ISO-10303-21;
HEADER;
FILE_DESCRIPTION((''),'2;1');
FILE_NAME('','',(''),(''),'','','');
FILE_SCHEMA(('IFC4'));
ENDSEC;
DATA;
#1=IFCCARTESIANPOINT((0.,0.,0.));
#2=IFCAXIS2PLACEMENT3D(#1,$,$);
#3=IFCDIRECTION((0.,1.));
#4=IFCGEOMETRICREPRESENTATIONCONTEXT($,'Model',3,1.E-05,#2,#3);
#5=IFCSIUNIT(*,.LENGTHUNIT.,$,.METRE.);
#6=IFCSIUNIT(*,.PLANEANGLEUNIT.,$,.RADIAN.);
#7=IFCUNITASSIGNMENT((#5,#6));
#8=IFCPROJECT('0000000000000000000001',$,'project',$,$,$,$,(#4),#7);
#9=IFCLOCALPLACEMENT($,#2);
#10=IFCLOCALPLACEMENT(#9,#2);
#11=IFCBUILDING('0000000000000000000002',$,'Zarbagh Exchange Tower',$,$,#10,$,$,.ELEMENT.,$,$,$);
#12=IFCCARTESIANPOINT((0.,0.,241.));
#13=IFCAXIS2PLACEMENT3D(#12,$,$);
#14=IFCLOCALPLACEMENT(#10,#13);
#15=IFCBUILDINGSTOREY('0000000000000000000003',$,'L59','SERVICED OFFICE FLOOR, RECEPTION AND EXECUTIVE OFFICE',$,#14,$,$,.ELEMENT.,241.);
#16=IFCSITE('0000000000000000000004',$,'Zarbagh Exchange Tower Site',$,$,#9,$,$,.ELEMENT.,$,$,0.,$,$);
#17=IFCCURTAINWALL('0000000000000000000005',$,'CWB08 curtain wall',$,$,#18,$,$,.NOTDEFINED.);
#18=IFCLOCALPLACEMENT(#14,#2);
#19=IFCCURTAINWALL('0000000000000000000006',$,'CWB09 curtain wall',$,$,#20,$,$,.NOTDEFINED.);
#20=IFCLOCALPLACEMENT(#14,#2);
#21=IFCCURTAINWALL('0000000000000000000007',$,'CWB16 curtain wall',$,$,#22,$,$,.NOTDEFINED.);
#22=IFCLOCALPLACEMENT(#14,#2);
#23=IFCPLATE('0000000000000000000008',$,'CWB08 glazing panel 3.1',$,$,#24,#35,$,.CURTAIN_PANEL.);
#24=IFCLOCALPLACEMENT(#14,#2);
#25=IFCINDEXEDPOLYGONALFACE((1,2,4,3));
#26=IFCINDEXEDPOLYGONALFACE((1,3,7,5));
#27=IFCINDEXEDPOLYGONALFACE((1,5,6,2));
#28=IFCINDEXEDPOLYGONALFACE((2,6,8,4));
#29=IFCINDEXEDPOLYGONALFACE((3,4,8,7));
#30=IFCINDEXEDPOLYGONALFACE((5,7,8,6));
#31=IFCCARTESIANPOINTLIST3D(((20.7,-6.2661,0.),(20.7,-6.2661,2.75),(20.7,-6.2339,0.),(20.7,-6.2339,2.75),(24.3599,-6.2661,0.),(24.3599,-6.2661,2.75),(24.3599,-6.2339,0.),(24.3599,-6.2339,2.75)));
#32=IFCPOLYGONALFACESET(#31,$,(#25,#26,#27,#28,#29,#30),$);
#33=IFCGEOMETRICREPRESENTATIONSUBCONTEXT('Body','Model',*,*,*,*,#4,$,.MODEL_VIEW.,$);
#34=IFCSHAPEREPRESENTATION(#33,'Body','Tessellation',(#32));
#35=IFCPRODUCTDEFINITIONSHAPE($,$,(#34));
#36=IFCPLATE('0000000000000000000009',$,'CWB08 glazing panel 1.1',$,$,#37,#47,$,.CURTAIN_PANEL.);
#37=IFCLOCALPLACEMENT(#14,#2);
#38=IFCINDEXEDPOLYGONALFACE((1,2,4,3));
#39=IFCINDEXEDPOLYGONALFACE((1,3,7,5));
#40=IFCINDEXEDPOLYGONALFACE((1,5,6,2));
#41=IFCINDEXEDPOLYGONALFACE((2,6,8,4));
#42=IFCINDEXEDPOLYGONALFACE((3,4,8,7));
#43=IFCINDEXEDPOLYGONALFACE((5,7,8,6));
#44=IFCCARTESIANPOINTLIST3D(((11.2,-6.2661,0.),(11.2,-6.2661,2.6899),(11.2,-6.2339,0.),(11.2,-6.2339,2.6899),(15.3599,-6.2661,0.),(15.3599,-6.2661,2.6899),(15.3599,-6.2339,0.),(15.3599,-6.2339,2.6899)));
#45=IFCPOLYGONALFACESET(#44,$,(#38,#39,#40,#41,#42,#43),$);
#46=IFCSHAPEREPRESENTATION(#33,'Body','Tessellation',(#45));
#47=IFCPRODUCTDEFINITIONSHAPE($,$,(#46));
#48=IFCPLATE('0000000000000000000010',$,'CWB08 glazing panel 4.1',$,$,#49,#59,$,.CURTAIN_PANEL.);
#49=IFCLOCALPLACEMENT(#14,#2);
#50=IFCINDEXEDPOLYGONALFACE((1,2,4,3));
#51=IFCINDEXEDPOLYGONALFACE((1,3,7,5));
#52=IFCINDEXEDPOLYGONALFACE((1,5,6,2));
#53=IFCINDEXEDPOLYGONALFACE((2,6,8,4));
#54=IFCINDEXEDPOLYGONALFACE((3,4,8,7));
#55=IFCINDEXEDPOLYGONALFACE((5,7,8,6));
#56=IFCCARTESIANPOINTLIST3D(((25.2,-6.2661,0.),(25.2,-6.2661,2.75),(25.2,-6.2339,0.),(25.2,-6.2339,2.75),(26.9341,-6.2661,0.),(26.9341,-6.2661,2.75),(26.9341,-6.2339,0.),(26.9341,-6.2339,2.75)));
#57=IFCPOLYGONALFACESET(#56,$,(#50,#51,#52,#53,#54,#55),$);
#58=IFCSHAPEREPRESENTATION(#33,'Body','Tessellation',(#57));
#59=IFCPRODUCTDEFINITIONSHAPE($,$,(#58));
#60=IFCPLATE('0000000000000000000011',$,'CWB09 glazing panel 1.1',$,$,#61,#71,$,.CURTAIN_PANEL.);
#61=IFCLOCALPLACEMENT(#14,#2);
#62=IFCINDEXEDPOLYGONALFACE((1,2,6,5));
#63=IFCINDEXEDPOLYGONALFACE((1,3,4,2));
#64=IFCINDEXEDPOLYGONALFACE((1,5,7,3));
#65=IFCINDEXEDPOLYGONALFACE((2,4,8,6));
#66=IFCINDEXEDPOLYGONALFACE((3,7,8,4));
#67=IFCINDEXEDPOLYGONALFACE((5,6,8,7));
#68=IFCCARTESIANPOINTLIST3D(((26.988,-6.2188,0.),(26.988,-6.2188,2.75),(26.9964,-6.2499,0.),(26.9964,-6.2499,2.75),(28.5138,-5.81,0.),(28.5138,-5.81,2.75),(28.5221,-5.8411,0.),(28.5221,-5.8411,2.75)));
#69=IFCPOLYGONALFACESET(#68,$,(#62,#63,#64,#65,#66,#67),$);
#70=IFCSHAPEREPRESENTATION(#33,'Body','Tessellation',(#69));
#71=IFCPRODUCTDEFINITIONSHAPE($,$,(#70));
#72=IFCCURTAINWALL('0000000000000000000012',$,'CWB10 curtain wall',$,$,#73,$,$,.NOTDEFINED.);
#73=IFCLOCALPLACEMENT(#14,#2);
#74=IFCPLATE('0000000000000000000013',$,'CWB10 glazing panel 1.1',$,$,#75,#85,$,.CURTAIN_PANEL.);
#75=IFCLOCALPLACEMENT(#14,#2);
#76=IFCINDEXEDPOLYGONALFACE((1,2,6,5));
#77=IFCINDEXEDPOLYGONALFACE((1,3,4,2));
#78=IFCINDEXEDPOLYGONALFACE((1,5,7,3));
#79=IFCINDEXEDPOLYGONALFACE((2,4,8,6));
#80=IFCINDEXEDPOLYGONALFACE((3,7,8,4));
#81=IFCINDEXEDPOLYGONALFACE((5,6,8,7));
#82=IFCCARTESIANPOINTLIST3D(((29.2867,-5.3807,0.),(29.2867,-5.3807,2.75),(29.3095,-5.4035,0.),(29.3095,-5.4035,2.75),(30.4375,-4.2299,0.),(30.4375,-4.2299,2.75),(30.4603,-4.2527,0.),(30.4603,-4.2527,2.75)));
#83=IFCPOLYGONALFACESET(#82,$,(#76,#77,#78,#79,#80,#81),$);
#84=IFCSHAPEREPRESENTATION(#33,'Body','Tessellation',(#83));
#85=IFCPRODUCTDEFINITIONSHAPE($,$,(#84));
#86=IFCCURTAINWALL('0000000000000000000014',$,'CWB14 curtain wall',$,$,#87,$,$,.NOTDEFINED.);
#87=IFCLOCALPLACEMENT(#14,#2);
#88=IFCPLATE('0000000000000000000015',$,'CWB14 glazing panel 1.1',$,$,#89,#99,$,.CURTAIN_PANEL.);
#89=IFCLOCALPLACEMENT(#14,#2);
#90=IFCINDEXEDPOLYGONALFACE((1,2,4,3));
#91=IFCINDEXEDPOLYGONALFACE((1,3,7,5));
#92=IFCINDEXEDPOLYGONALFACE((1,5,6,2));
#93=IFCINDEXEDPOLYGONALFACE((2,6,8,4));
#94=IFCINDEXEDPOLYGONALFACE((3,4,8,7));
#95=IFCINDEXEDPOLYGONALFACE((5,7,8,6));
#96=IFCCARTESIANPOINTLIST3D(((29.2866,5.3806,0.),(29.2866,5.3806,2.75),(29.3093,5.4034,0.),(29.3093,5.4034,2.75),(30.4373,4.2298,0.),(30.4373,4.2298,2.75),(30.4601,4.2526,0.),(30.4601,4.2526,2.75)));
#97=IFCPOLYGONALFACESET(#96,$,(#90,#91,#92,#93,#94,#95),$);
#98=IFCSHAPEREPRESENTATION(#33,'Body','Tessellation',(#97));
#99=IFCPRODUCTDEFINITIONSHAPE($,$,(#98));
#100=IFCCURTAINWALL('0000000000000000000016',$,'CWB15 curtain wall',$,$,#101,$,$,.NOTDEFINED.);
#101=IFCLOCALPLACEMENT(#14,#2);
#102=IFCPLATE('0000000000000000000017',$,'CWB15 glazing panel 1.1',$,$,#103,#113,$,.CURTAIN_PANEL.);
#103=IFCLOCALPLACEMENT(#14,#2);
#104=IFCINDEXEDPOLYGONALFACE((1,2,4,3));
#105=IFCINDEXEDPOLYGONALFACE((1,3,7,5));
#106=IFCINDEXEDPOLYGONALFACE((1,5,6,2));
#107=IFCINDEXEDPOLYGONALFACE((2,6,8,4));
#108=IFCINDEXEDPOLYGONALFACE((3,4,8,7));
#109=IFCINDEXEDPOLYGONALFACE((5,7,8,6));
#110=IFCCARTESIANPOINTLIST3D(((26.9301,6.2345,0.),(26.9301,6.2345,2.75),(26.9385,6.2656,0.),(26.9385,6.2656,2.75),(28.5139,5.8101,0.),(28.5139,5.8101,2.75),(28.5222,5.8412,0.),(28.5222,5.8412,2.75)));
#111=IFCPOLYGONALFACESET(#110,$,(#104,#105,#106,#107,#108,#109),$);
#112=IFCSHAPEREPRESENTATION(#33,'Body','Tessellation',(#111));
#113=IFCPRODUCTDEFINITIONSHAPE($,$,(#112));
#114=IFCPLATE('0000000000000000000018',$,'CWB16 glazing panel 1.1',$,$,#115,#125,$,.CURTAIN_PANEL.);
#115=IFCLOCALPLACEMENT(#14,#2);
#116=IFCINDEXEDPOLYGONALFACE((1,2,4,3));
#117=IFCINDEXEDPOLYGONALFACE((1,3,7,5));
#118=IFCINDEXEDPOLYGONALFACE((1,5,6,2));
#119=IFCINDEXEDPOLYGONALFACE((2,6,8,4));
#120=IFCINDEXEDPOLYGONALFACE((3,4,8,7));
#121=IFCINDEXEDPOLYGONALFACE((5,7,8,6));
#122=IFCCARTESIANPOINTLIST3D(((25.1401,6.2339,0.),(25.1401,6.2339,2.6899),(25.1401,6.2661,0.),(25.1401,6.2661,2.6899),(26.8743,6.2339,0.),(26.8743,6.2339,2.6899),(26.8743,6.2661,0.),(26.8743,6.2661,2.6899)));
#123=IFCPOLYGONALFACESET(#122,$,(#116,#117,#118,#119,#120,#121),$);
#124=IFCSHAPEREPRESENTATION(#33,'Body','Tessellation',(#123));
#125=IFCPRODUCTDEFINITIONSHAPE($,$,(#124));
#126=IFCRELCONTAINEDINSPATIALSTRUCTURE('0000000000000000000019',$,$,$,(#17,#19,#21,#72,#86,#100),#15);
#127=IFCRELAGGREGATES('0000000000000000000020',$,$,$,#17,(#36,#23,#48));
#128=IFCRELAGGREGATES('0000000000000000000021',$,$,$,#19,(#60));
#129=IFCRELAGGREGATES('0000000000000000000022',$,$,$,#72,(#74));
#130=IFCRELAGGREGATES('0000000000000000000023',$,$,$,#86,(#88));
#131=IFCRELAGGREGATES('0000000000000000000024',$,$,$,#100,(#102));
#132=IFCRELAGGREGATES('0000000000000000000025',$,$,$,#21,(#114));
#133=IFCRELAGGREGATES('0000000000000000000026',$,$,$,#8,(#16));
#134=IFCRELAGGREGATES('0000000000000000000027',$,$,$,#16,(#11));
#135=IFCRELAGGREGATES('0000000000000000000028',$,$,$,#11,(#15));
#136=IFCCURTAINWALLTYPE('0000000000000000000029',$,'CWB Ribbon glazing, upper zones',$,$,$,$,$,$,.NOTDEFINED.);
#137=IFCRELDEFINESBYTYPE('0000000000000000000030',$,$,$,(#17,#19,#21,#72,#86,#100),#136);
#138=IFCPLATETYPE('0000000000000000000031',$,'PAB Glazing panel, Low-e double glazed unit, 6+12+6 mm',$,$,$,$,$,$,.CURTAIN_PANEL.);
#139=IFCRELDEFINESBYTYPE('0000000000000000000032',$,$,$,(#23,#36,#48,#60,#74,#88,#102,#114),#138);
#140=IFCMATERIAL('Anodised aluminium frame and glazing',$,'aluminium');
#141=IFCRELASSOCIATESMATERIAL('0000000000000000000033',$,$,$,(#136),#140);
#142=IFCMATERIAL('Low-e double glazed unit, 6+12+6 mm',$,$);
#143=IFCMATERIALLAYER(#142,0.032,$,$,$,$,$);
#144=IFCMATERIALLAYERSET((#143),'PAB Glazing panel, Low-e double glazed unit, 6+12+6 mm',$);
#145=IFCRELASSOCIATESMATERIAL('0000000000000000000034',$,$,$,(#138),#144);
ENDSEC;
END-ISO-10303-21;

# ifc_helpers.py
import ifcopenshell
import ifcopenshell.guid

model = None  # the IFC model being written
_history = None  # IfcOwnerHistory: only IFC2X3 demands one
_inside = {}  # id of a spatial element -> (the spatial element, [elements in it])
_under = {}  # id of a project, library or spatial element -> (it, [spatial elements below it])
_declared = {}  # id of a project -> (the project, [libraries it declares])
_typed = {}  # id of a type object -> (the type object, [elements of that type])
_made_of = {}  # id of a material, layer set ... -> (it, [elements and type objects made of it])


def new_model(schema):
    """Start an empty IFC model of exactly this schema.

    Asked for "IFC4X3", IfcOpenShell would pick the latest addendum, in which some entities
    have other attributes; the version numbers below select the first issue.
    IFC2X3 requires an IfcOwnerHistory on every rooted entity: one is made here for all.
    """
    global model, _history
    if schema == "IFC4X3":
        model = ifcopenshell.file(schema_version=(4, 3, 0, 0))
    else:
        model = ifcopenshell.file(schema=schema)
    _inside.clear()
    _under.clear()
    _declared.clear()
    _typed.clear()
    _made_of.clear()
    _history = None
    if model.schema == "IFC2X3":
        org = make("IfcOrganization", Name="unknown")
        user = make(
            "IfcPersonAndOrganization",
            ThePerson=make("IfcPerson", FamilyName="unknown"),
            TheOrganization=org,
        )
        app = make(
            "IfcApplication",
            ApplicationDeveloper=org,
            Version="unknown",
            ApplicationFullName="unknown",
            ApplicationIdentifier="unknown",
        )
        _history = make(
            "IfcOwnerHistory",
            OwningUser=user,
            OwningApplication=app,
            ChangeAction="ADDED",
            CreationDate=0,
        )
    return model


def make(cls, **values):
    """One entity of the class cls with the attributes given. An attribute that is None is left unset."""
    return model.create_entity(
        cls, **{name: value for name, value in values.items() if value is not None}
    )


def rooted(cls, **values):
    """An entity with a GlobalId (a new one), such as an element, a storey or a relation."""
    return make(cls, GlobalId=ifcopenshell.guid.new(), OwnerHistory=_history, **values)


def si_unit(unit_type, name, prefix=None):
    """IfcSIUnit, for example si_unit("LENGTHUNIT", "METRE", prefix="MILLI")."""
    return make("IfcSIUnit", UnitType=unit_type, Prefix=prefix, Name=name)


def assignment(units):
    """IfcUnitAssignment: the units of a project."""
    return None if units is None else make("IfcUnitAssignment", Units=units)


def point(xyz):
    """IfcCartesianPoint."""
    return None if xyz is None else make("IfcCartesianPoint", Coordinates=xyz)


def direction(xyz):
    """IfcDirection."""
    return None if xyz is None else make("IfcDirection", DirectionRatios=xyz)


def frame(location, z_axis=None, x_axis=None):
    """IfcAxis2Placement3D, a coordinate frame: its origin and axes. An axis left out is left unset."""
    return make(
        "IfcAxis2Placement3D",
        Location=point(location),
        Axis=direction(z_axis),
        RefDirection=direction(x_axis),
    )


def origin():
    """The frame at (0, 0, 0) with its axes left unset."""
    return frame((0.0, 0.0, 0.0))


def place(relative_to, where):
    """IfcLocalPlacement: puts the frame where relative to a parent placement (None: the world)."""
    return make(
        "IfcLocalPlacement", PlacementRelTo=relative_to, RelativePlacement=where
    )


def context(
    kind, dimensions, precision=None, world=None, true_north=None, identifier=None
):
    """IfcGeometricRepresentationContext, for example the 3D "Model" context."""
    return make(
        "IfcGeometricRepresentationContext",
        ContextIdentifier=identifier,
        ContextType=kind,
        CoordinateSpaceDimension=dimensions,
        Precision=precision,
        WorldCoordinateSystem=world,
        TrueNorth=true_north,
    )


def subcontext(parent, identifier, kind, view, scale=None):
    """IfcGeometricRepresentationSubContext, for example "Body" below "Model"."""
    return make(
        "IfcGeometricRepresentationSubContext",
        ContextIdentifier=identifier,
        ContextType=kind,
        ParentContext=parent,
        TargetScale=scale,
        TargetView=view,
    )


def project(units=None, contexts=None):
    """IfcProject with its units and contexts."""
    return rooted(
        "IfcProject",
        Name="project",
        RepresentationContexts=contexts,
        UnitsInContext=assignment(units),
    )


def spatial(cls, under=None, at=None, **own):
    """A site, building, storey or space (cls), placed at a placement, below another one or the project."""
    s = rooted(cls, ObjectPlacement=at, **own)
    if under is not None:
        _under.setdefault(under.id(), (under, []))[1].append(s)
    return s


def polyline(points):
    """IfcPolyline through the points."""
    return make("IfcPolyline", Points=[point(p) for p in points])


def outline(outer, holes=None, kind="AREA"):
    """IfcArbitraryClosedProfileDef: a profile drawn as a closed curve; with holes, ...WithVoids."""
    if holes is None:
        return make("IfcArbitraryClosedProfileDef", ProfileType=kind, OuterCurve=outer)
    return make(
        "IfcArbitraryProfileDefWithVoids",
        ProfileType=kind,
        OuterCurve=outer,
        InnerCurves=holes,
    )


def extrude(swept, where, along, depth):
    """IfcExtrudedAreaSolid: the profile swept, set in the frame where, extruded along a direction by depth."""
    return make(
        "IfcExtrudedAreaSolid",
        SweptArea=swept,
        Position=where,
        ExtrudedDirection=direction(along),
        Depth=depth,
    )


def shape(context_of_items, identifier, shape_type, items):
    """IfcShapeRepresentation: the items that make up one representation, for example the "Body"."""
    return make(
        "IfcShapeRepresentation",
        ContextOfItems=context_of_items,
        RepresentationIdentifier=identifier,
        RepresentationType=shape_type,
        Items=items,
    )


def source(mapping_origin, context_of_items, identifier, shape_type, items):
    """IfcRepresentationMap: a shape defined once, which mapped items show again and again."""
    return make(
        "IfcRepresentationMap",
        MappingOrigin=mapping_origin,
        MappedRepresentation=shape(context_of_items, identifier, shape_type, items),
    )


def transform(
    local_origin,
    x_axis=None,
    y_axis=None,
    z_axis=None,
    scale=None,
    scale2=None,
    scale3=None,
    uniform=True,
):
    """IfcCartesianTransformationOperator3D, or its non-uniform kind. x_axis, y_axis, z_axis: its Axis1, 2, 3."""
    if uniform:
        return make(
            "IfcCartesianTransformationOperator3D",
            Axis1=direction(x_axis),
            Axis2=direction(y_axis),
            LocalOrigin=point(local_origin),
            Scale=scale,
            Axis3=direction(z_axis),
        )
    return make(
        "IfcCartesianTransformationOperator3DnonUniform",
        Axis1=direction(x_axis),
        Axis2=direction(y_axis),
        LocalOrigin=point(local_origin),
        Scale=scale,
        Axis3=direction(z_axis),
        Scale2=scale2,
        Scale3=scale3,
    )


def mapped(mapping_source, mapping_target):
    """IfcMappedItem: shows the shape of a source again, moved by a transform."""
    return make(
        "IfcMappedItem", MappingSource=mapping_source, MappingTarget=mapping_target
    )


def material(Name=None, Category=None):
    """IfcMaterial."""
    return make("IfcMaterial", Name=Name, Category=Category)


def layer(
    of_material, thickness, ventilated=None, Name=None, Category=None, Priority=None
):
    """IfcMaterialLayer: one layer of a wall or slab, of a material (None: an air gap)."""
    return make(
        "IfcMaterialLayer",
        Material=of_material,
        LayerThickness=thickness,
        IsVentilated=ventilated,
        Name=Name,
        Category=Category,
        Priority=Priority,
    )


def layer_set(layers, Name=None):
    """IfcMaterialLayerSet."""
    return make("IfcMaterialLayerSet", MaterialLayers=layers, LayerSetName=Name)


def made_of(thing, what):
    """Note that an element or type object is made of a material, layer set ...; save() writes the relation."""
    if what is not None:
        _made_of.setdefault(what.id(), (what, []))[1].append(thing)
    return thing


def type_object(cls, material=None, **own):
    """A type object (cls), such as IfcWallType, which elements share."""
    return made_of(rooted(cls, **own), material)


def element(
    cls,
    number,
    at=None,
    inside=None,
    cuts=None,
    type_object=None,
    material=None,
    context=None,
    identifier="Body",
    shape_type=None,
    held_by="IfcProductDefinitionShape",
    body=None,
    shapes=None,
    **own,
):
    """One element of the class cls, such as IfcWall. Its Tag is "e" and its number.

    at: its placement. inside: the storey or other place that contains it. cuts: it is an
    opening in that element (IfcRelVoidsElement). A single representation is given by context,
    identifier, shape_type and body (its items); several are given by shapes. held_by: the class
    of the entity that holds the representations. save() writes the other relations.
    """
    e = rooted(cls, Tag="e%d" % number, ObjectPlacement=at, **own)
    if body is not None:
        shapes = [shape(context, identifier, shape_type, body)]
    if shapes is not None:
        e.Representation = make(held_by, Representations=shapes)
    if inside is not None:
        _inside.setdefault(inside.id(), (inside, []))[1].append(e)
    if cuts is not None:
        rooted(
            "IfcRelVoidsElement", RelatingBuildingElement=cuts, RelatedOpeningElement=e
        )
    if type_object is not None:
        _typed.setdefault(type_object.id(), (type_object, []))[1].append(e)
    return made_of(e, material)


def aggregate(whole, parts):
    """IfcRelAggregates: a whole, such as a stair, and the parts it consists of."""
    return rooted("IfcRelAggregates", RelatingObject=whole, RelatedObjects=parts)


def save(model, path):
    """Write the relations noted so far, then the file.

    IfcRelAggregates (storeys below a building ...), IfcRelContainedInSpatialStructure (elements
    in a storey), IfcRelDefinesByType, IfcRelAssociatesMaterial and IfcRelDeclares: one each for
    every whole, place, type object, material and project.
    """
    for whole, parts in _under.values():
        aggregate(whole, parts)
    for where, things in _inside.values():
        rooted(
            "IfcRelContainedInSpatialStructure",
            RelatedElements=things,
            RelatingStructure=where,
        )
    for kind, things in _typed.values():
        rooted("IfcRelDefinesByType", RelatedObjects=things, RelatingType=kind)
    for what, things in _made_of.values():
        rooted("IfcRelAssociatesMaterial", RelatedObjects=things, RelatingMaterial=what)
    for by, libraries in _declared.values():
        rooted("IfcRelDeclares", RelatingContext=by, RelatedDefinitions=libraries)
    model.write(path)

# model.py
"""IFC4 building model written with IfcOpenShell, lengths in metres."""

from ifc_helpers import new_model, si_unit, direction, frame, origin, place, context, subcontext, project, spatial, polyline, outline, extrude, source, transform, mapped, material, layer, layer_set, type_object, element, aggregate, save


model = new_model("IFC4")

# Units and contexts
model_context = context("Model", 3, precision=1e-05, world=origin(), true_north=direction((0.0, 1.0)))
body_context = subcontext(model_context, "Body", "Model", "MODEL_VIEW")
ifc_project = project(units=[si_unit("LENGTHUNIT", "METRE"), si_unit("PLANEANGLEUNIT", "RADIAN")], contexts=[model_context])

# Site, building, storey
site_placement = place(None, origin())
site = spatial("IfcSite", under=ifc_project, at=site_placement, Name="Zarbagh Exchange Tower Site", CompositionType="ELEMENT", RefElevation=0.0)
building_placement = place(site_placement, origin())
building = spatial("IfcBuilding", under=site, at=building_placement, Name="Zarbagh Exchange Tower", CompositionType="ELEMENT")
storey_placement = place(building_placement, frame((0.0, 0.0, 241.0)))
storey = spatial("IfcBuildingStorey", under=building, at=storey_placement, Name="L59", Description="SERVICED OFFICE FLOOR, RECEPTION AND EXECUTIVE OFFICE", CompositionType="ELEMENT", Elevation=241.0)

# Curtain wall
ifc_material_1 = material(Name="Anodised aluminium frame and glazing", Category="aluminium")
curtain_wall_type = type_object("IfcCurtainWallType", Name="CWB Ribbon glazing, upper zones", PredefinedType="NOTDEFINED", material=ifc_material_1)
curtain_wall_1_placement = place(storey_placement, origin())
curtain_wall_1 = element("IfcCurtainWall", 1, at=curtain_wall_1_placement, inside=storey, type_object=curtain_wall_type, Name="CWB08 curtain wall", PredefinedType="NOTDEFINED")
placement = place(storey_placement, origin())

# Curtain wall
curtain_wall_2_placement = place(storey_placement, origin())
curtain_wall_2 = element("IfcCurtainWall", 2, at=curtain_wall_2_placement, inside=storey, type_object=curtain_wall_type, Name="CWB09 curtain wall", PredefinedType="NOTDEFINED")

# Curtain wall
curtain_wall_3_placement = place(storey_placement, origin())
curtain_wall_3 = element("IfcCurtainWall", 3, at=curtain_wall_3_placement, inside=storey, type_object=curtain_wall_type, Name="CWB16 curtain wall", PredefinedType="NOTDEFINED")

# Shared definitions
ifc_material_2 = material(Name="Low-e double glazed unit, 6+12+6 mm")
ifc_layer = layer(ifc_material_2, 0.032)
ifc_layer_set = layer_set([ifc_layer], Name="PAB Glazing panel, Low-e double glazed unit, 6+12+6 mm")
plate_type = type_object("IfcPlateType", Name="PAB Glazing panel, Low-e double glazed unit, 6+12+6 mm", PredefinedType="CURTAIN_PANEL", material=ifc_layer_set)

# Plates
shared_shape_1 = source(origin(), body_context, "Body", "SweptSolid", [
    extrude(outline(polyline([(0.0, -0.0161), (3.6599, -0.0161), (3.6599, 0.0161), (0.0, 0.0161), (0.0, -0.0161)])), origin(), (0.0, 0.0, 1.0), 2.75),
])
plate_1 = element("IfcPlate", 4, at=placement, type_object=plate_type, Name="CWB08 glazing panel 3.1", PredefinedType="CURTAIN_PANEL", context=body_context, shape_type="MappedRepresentation", body=[
    mapped(shared_shape_1, transform((20.7, -6.25, 0.0), x_axis=(1.0, 0.0, 0.0), y_axis=(0.0, 1.0, 0.0), z_axis=(0.0, 0.0, 1.0))),
])
shared_shape_2 = source(origin(), body_context, "Body", "SweptSolid", [
    extrude(outline(polyline([(0.0, -0.0161), (4.1599, -0.0161), (4.1599, 0.0161), (0.0, 0.0161), (0.0, -0.0161)])), origin(), (0.0, 0.0, 1.0), 2.6899),
])
plate_2 = element("IfcPlate", 5, at=placement, type_object=plate_type, Name="CWB08 glazing panel 1.1", PredefinedType="CURTAIN_PANEL", context=body_context, shape_type="MappedRepresentation", body=[
    mapped(shared_shape_2, transform((11.2, -6.25, 0.0), x_axis=(1.0, 0.0, 0.0), y_axis=(0.0, 1.0, 0.0), z_axis=(0.0, 0.0, 1.0))),
])
shared_shape_3 = source(origin(), body_context, "Body", "SweptSolid", [
    extrude(outline(polyline([(0.0, -0.0161), (1.7341, -0.0161), (1.7341, 0.0161), (0.0, 0.0161), (0.0, -0.0161)])), origin(), (0.0, 0.0, 1.0), 2.75),
])
plate_3 = element("IfcPlate", 6, at=placement, type_object=plate_type, Name="CWB08 glazing panel 4.1", PredefinedType="CURTAIN_PANEL", context=body_context, shape_type="MappedRepresentation", body=[
    mapped(shared_shape_3, transform((25.2, -6.25, 0.0), x_axis=(1.0, 0.0, 0.0), y_axis=(0.0, 1.0, 0.0), z_axis=(0.0, 0.0, 1.0))),
])
aggregate(curtain_wall_1, [plate_2, plate_1, plate_3])
shared_shape_4 = source(origin(), body_context, "Body", "SweptSolid", [
    extrude(outline(polyline([(0.0, -0.0161), (1.5796, -0.0161), (1.5796, 0.0161), (0.0, 0.0161), (0.0, -0.0161)])), origin(), (0.0, 0.0, 1.0), 2.75),
])
plate_4 = element("IfcPlate", 7, at=placement, type_object=plate_type, Name="CWB09 glazing panel 1.1", PredefinedType="CURTAIN_PANEL", context=body_context, shape_type="MappedRepresentation", body=[
    mapped(shared_shape_4, transform((26.9922, -6.2344, 0.0), x_axis=(0.965924, 0.258825, 0.0), y_axis=(-0.258825, 0.965924, 0.0), z_axis=(0.0, 0.0, 1.0))),
])
aggregate(curtain_wall_2, [plate_4])

# Curtain walls, plates
curtain_wall_4_placement = place(storey_placement, origin())
curtain_wall_4 = element("IfcCurtainWall", 8, at=curtain_wall_4_placement, inside=storey, type_object=curtain_wall_type, Name="CWB10 curtain wall", PredefinedType="NOTDEFINED")
shared_shape_5 = source(origin(), body_context, "Body", "SweptSolid", [
    extrude(outline(polyline([(0.0, -0.0161), (1.6274, -0.0161), (1.6274, 0.0161), (0.0, 0.0161), (0.0, -0.0161)])), origin(), (0.0, 0.0, 1.0), 2.75),
])
plate_5 = element("IfcPlate", 9, at=placement, type_object=plate_type, Name="CWB10 glazing panel 1.1", PredefinedType="CURTAIN_PANEL", context=body_context, shape_type="MappedRepresentation", body=[
    mapped(shared_shape_5, transform((29.2981, -5.3921, 0.0), x_axis=(0.707107, 0.707107, 0.0), y_axis=(-0.707107, 0.707107, 0.0), z_axis=(0.0, 0.0, 1.0))),
])
aggregate(curtain_wall_4, [plate_5])
curtain_wall_5_placement = place(storey_placement, origin())
curtain_wall_5 = element("IfcCurtainWall", 10, at=curtain_wall_5_placement, inside=storey, type_object=curtain_wall_type, Name="CWB14 curtain wall", PredefinedType="NOTDEFINED")
plate_6 = element("IfcPlate", 11, at=placement, type_object=plate_type, Name="CWB14 glazing panel 1.1", PredefinedType="CURTAIN_PANEL", context=body_context, shape_type="MappedRepresentation", body=[
    mapped(shared_shape_5, transform((30.4487, 4.2412, 0.0), x_axis=(-0.707107, 0.707107, 0.0), y_axis=(-0.707107, -0.707107, 0.0), z_axis=(0.0, 0.0, 1.0))),
])
aggregate(curtain_wall_5, [plate_6])
curtain_wall_6_placement = place(storey_placement, origin())
curtain_wall_6 = element("IfcCurtainWall", 12, at=curtain_wall_6_placement, inside=storey, type_object=curtain_wall_type, Name="CWB15 curtain wall", PredefinedType="NOTDEFINED")
shared_shape_6 = source(origin(), body_context, "Body", "SweptSolid", [
    extrude(outline(polyline([(0.0, -0.0161), (1.6396, -0.0161), (1.6396, 0.0161), (0.0, 0.0161), (0.0, -0.0161)])), origin(), (0.0, 0.0, 1.0), 2.75),
])
plate_7 = element("IfcPlate", 13, at=placement, type_object=plate_type, Name="CWB15 glazing panel 1.1", PredefinedType="CURTAIN_PANEL", context=body_context, shape_type="MappedRepresentation", body=[
    mapped(shared_shape_6, transform((28.5181, 5.8257, 0.0), x_axis=(-0.965924, 0.258825, 0.0), y_axis=(-0.258825, -0.965924, 0.0), z_axis=(0.0, 0.0, 1.0))),
])
aggregate(curtain_wall_6, [plate_7])

# Plate
shared_shape_7 = source(origin(), body_context, "Body", "SweptSolid", [
    extrude(outline(polyline([(0.0, -0.0161), (1.7341, -0.0161), (1.7341, 0.0161), (0.0, 0.0161), (0.0, -0.0161)])), origin(), (0.0, 0.0, 1.0), 2.6899),
])
plate_8 = element("IfcPlate", 14, at=placement, type_object=plate_type, Name="CWB16 glazing panel 1.1", PredefinedType="CURTAIN_PANEL", context=body_context, shape_type="MappedRepresentation", body=[
    mapped(shared_shape_7, transform((26.8743, 6.25, 0.0), x_axis=(-1.0, 0.0, 0.0), y_axis=(0.0, -1.0, 0.0), z_axis=(0.0, 0.0, 1.0))),
])
aggregate(curtain_wall_3, [plate_8])

save(model, "model.ifc")
